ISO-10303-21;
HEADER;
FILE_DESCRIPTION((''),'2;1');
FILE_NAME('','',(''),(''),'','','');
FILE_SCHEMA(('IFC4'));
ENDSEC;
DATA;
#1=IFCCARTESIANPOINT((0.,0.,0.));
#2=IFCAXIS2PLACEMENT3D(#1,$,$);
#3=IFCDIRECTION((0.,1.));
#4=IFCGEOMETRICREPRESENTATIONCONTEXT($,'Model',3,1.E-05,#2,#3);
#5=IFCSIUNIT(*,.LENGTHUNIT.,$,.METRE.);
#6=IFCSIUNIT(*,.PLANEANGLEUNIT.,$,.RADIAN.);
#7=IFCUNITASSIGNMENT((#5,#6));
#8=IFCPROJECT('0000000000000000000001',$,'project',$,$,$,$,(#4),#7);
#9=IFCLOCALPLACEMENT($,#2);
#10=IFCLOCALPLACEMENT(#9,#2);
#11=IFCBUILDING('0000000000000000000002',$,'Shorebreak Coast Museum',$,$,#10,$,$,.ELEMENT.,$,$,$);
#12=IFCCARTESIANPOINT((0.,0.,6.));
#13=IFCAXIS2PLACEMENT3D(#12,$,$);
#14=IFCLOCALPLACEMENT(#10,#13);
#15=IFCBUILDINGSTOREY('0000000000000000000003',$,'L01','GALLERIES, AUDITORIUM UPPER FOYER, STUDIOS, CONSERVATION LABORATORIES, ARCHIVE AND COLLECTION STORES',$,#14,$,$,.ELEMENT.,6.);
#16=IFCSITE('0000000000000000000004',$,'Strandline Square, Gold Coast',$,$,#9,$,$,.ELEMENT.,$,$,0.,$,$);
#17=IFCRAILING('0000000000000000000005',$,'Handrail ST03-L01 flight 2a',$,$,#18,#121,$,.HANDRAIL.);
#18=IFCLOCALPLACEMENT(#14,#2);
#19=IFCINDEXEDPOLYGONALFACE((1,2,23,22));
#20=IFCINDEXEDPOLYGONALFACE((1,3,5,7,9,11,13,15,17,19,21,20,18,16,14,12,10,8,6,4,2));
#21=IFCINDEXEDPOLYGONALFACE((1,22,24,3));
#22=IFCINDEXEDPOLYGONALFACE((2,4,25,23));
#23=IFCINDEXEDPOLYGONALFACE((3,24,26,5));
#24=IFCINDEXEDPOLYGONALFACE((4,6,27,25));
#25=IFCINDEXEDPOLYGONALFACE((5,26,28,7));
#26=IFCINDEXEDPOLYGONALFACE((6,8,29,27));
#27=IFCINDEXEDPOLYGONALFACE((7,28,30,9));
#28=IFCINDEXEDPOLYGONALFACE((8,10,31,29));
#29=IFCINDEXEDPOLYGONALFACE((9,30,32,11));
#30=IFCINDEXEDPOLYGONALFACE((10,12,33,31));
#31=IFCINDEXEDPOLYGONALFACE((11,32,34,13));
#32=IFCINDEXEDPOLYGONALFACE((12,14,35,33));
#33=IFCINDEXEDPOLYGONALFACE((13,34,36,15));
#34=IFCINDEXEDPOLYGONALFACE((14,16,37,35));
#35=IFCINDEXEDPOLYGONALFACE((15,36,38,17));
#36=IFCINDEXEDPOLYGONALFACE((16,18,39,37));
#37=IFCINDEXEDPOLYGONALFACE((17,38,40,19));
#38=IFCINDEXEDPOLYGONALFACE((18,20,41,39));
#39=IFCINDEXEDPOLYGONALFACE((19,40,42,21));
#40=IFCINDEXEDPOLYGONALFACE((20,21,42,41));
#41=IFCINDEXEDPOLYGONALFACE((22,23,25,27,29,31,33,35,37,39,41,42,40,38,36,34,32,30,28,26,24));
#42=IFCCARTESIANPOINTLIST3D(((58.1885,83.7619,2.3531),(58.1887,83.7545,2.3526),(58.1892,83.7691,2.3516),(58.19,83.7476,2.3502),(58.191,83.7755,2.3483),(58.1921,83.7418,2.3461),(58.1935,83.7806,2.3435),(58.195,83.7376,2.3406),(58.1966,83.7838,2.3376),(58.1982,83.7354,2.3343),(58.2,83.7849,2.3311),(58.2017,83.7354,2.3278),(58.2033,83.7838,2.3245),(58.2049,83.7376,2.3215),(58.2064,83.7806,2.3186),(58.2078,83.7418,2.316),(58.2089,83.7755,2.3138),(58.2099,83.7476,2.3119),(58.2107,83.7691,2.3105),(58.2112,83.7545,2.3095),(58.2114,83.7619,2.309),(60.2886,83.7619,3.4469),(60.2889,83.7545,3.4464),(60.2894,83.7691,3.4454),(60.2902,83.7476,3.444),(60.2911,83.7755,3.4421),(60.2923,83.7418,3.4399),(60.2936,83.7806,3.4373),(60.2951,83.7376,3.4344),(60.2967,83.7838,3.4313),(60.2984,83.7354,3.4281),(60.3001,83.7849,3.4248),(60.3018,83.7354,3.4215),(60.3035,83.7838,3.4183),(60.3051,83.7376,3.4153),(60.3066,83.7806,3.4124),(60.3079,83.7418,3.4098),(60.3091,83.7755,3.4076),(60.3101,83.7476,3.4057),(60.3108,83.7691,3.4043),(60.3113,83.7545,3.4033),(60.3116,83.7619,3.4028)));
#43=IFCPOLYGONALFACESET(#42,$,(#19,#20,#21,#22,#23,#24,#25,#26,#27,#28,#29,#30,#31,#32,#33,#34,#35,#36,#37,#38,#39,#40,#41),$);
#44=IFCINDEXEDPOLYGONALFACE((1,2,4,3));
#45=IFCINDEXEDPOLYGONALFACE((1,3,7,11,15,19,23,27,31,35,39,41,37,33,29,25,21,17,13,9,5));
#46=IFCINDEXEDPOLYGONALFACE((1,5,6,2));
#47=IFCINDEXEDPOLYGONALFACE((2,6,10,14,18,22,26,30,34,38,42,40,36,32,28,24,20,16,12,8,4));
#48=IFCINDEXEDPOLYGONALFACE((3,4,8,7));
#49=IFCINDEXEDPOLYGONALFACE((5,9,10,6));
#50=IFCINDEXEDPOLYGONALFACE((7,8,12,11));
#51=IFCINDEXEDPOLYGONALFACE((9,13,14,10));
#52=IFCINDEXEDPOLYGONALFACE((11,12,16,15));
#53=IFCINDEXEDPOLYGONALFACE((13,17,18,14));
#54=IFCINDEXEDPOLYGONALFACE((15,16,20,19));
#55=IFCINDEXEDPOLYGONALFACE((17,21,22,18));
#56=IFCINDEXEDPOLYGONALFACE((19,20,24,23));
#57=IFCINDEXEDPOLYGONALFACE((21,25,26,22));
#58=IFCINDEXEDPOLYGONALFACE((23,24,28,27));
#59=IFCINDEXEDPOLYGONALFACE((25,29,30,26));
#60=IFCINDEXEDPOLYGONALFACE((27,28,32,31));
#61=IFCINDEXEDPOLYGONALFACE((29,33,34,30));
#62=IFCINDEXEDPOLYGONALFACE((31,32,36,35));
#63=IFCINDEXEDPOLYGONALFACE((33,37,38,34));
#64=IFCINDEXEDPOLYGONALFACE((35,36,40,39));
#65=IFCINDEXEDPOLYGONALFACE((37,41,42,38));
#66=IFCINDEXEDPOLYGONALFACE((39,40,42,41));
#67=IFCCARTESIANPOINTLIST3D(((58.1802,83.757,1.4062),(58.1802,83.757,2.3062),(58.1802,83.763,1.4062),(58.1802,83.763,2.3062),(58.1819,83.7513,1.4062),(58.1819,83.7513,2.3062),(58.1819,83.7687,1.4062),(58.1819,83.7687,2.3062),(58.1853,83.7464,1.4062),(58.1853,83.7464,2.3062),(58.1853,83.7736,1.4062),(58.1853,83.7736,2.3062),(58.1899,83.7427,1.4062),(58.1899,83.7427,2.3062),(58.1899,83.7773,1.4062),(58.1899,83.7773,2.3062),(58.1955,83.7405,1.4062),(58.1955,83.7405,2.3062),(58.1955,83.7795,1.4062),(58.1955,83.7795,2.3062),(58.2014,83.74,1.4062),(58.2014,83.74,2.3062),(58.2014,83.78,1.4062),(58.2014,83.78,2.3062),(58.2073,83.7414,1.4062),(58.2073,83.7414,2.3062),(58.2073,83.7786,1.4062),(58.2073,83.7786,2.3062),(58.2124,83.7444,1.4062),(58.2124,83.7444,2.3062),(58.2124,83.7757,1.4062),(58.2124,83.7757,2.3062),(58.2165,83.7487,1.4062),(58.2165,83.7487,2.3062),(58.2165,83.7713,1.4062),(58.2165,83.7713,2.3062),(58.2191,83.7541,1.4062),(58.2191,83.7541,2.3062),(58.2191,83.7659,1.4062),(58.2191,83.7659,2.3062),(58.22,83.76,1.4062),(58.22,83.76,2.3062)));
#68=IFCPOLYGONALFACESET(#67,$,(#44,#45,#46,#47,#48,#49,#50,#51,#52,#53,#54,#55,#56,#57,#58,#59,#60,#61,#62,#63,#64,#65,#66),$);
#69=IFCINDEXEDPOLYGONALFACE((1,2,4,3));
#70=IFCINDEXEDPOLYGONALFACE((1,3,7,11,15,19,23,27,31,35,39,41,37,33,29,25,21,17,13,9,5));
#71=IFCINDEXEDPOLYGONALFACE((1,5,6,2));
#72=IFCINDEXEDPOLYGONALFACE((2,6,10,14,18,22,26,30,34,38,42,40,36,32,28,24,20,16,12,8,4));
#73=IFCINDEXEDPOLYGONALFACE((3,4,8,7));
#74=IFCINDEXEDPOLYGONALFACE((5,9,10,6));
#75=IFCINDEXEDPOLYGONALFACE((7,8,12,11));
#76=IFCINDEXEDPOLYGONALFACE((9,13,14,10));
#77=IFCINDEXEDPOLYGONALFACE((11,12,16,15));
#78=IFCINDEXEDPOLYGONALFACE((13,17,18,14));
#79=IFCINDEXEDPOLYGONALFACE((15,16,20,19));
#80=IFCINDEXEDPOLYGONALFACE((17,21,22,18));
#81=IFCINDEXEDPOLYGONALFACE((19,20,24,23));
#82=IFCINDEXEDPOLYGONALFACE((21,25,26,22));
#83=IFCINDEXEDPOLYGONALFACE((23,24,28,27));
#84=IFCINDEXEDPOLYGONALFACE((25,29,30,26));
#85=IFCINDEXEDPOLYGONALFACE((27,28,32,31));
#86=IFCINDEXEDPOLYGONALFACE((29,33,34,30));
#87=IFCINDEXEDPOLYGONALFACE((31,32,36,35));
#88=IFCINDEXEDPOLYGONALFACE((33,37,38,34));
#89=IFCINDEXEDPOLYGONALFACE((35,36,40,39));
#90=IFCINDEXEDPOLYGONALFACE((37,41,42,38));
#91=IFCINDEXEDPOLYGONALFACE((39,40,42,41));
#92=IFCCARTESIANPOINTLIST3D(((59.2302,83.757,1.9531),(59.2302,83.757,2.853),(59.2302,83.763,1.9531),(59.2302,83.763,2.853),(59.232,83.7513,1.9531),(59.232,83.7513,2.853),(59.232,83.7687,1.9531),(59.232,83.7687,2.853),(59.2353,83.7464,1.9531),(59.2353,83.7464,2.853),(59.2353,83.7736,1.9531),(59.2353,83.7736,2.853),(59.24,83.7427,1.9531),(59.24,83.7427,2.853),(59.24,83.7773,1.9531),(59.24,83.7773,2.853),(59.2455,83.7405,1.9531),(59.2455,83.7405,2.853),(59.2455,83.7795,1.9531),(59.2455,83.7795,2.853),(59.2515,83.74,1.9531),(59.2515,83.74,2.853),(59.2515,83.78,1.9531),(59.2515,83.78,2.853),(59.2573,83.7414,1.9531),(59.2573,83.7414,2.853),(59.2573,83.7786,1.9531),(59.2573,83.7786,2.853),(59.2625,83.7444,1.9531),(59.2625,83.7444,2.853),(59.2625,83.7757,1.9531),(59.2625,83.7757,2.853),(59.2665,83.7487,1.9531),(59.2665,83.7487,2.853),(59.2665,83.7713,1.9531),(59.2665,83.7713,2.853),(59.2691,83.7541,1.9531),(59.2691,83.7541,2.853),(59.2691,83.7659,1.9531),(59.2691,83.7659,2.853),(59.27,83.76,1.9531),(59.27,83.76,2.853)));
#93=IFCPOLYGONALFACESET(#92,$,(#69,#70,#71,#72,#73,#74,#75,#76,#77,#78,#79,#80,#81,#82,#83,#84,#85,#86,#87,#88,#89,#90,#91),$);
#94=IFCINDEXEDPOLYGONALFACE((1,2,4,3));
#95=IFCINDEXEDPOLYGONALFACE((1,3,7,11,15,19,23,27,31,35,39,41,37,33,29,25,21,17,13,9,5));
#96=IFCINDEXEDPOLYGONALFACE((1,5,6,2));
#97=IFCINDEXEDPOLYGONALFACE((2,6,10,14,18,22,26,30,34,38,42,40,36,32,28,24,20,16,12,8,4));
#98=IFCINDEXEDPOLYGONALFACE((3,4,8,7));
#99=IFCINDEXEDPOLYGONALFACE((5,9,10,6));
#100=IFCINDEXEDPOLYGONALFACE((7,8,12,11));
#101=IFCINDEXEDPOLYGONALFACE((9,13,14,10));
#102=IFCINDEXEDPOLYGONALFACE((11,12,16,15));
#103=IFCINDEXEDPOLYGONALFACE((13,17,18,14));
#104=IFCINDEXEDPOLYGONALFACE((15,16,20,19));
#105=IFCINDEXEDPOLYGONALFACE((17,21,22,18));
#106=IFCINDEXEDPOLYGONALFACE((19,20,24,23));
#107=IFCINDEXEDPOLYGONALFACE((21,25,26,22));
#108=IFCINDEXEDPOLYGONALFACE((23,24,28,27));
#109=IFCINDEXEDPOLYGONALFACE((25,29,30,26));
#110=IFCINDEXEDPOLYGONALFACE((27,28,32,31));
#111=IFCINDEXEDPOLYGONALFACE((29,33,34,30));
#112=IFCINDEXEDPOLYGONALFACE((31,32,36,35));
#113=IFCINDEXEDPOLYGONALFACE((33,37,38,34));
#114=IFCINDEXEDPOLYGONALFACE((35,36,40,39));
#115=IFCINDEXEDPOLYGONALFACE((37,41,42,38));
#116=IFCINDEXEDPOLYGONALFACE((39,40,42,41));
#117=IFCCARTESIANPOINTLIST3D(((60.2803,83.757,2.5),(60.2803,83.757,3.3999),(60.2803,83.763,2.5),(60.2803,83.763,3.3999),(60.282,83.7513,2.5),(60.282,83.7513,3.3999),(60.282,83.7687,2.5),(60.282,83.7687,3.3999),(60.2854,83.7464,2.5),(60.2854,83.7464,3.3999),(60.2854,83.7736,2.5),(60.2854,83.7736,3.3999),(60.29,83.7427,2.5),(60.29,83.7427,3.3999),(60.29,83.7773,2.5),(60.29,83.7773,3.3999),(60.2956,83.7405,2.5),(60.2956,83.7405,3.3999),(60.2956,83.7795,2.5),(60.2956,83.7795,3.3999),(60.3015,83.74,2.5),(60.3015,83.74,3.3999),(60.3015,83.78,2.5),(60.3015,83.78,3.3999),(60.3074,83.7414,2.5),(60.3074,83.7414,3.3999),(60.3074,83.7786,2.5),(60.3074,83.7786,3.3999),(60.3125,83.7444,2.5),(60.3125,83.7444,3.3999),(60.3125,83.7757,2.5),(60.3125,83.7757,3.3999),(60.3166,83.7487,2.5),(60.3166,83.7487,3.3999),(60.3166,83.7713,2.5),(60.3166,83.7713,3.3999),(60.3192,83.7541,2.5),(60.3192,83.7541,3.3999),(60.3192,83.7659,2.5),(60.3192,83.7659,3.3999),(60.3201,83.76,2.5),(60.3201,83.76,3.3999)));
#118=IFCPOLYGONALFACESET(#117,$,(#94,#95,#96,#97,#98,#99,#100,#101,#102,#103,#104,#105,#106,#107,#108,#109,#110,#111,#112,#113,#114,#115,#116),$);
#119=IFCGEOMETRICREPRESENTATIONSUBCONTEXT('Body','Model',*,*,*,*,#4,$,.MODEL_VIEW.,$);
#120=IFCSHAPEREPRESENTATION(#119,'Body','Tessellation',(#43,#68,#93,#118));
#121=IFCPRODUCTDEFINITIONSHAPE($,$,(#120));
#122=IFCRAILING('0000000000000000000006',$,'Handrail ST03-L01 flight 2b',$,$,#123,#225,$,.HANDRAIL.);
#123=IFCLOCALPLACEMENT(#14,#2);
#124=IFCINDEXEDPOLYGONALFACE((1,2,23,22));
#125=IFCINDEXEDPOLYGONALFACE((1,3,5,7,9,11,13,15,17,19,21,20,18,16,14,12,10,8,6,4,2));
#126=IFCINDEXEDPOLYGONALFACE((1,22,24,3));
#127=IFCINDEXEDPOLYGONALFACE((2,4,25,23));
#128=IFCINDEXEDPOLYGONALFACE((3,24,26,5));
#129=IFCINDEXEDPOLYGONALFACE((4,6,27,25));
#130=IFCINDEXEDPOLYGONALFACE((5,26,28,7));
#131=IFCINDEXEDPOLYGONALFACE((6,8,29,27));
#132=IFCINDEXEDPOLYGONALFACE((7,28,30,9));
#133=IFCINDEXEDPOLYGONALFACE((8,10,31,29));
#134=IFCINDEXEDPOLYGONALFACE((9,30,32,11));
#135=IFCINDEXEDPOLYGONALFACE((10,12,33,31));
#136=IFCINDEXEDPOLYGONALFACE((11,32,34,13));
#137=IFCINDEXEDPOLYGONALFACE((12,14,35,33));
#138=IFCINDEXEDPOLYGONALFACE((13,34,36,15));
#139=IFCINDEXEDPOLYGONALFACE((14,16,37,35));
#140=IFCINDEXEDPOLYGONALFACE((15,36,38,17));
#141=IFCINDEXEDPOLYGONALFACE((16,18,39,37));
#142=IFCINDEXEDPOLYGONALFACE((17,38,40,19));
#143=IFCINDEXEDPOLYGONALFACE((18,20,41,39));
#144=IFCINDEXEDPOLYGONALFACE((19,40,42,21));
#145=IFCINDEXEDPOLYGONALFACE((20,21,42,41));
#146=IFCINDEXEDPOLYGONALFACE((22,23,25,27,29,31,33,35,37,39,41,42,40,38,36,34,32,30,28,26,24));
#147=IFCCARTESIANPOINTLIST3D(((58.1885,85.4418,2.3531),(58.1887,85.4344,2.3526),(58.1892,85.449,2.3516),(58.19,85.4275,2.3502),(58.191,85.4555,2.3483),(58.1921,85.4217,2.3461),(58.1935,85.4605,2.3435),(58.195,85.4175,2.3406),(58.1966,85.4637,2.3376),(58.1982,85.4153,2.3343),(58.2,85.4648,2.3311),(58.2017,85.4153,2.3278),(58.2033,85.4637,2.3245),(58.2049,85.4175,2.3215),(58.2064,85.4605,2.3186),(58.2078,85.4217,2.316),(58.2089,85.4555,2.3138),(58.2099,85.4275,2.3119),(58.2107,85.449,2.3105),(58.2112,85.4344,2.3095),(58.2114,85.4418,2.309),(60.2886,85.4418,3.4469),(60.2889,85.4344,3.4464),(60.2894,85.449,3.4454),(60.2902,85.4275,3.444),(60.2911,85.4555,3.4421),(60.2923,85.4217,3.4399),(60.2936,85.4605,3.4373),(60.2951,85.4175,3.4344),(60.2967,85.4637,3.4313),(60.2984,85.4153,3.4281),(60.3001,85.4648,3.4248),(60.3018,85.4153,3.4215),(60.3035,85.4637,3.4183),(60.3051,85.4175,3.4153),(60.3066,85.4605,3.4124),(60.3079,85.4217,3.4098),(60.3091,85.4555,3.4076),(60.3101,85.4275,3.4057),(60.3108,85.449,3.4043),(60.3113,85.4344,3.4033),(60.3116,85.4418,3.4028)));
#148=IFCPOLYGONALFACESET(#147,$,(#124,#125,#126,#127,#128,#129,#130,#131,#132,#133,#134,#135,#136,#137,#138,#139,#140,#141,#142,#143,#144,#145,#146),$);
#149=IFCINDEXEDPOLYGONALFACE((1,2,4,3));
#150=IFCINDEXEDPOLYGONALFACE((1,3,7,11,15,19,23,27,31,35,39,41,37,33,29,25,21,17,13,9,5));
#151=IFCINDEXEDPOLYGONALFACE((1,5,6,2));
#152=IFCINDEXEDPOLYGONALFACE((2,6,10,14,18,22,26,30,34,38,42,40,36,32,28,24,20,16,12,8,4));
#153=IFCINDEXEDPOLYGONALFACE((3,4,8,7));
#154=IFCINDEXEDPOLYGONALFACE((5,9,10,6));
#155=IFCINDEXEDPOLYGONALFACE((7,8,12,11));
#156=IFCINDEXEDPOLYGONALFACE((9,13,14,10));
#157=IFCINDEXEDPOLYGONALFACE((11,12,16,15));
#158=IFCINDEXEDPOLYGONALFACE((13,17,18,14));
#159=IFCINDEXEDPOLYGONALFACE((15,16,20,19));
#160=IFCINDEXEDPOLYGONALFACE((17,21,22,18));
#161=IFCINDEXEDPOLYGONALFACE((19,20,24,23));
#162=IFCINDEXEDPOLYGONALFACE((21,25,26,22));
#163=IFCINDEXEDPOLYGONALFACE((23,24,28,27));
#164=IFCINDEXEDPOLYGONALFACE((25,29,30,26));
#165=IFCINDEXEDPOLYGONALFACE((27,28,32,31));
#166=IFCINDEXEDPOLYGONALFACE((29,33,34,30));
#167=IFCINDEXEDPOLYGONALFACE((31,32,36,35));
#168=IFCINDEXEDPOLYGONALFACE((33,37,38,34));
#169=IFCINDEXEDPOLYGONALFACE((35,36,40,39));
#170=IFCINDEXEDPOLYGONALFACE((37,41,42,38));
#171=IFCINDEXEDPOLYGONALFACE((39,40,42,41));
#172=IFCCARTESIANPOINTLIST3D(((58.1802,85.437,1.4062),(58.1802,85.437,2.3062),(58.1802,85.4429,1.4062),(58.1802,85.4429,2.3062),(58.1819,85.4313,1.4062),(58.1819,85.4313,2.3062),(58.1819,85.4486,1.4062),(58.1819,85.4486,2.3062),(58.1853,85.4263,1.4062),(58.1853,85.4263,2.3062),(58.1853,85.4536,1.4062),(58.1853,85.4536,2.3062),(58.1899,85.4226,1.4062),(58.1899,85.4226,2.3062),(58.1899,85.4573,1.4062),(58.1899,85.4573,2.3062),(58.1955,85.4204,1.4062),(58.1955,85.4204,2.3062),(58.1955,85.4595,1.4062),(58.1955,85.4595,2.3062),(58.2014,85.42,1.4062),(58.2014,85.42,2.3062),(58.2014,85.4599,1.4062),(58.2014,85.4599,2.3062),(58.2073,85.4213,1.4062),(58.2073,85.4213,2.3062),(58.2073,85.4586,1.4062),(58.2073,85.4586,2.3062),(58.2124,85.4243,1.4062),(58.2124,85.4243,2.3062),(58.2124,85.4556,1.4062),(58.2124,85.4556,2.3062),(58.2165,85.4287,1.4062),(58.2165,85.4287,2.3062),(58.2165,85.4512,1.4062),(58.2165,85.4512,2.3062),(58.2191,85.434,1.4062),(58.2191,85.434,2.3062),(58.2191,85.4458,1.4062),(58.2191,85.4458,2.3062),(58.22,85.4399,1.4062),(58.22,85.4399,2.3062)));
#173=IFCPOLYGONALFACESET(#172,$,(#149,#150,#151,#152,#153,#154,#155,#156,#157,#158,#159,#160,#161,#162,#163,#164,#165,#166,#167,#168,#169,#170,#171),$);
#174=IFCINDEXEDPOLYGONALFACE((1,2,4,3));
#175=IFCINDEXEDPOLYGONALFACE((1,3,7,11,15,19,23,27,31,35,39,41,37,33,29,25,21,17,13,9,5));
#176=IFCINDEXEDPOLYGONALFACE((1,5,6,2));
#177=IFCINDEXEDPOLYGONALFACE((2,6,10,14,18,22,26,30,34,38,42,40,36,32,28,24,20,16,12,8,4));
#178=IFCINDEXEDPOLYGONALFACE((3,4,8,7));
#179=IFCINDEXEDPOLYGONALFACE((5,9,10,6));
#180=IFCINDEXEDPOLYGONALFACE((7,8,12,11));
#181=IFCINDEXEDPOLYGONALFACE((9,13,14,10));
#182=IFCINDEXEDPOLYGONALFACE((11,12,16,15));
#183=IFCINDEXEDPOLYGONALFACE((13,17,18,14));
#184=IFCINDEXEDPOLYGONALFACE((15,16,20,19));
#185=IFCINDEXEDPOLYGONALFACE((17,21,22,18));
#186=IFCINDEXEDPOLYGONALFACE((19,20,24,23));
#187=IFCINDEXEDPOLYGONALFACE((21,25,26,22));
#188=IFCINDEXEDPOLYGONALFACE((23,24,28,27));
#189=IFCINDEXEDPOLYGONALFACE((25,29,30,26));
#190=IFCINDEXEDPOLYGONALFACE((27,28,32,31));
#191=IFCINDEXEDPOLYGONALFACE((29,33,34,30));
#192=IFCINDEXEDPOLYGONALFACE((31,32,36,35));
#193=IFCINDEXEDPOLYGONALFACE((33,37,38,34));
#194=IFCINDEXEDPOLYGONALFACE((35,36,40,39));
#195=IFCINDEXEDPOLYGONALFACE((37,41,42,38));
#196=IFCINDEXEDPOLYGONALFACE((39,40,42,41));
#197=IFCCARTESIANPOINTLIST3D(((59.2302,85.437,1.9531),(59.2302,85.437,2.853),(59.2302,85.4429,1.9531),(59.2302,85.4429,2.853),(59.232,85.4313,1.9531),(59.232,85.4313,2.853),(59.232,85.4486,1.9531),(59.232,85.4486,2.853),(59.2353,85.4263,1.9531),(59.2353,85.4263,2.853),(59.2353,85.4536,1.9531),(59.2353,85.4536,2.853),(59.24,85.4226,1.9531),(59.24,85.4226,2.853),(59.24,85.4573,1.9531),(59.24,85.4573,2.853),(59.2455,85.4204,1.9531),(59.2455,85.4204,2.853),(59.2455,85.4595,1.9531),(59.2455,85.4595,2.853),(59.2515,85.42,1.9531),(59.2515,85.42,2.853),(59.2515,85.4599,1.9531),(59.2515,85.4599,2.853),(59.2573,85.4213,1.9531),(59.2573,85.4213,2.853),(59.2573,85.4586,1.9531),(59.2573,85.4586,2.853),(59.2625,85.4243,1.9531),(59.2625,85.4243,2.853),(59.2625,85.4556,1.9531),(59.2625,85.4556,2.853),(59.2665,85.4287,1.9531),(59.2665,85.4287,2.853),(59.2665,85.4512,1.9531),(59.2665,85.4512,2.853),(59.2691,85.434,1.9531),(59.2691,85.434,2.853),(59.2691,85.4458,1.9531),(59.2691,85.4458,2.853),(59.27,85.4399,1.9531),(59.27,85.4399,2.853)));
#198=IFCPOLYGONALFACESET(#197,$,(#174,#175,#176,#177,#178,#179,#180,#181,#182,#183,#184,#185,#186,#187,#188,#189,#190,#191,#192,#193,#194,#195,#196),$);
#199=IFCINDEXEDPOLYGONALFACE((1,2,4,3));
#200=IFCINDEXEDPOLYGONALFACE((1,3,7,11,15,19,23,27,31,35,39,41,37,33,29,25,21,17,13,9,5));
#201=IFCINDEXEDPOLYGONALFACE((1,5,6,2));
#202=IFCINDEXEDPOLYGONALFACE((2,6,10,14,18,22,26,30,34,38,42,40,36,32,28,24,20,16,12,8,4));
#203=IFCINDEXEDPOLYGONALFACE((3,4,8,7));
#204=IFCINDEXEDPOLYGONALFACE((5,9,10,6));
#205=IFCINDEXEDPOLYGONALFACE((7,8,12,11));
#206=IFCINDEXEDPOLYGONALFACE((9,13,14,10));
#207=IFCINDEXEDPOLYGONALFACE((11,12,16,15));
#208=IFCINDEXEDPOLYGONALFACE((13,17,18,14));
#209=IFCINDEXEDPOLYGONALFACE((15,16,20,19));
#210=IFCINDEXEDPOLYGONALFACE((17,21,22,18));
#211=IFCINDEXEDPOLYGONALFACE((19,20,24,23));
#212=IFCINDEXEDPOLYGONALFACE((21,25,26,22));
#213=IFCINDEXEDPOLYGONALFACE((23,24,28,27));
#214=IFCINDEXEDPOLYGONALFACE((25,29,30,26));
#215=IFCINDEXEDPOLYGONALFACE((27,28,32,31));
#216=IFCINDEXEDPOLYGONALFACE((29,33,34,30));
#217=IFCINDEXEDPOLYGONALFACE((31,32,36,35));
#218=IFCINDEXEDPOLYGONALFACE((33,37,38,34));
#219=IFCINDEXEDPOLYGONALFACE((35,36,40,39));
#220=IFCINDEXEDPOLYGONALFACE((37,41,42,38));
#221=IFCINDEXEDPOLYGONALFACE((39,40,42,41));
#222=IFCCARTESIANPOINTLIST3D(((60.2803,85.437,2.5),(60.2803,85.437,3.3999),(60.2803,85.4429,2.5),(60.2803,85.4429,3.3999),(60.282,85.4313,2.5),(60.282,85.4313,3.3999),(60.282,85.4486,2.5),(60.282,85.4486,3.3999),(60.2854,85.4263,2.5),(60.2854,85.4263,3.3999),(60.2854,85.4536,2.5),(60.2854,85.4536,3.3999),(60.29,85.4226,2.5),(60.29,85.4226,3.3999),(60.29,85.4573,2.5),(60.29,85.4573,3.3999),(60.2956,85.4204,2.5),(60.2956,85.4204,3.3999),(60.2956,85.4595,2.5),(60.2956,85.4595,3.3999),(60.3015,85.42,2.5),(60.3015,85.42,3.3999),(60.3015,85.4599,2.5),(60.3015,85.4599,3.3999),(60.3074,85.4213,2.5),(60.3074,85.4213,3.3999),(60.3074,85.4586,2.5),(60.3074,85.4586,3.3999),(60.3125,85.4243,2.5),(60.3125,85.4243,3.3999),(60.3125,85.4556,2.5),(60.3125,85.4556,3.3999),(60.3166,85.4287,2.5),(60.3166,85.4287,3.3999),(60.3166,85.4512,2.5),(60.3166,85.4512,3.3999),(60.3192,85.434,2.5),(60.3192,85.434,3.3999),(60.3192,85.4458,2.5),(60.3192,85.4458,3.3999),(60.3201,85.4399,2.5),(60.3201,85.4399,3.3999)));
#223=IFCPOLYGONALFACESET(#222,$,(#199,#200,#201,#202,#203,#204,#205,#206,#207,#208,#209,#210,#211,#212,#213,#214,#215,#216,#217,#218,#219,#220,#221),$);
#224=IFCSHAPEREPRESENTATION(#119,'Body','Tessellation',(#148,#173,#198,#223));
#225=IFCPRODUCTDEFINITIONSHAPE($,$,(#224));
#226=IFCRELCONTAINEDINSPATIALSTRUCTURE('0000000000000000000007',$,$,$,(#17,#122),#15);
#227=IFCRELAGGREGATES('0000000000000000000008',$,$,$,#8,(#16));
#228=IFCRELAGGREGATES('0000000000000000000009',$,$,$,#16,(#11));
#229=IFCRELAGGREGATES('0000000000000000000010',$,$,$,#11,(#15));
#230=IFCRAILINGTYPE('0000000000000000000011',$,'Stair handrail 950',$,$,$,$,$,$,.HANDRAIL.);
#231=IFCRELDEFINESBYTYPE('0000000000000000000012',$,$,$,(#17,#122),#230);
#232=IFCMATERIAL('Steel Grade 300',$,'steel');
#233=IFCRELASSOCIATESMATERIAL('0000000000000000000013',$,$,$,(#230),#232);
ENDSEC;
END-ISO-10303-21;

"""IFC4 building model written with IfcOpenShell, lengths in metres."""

from ifc_helpers import new_model, si_unit, direction, frame, origin, origin_2d, place, context, subcontext, project, spatial, circle, extrude, material, type_object, element, save


model = new_model("IFC4")

# Units and contexts
model_context = context("Model", 3, precision=1e-05, world=origin(), true_north=direction((0.0, 1.0)))
body_context = subcontext(model_context, "Body", "Model", "MODEL_VIEW")
ifc_project = project(units=[si_unit("LENGTHUNIT", "METRE"), si_unit("PLANEANGLEUNIT", "RADIAN")], contexts=[model_context])

# Site, building, storey
site_placement = place(None, origin())
site = spatial("IfcSite", under=ifc_project, at=site_placement, Name="Strandline Square, Gold Coast", CompositionType="ELEMENT", RefElevation=0.0)
building_placement = place(site_placement, origin())
building = spatial("IfcBuilding", under=site, at=building_placement, Name="Shorebreak Coast Museum", CompositionType="ELEMENT")
storey_placement = place(building_placement, frame((0.0, 0.0, 6.0)))
storey = spatial("IfcBuildingStorey", under=building, at=storey_placement, Name="L01", Description="GALLERIES, AUDITORIUM UPPER FOYER, STUDIOS, CONSERVATION LABORATORIES, ARCHIVE AND COLLECTION STORES", CompositionType="ELEMENT", Elevation=6.0)

# Railings
ifc_material_1 = material(Name="Steel Grade 300", Category="steel")
railing_type_1 = type_object("IfcRailingType", Name="Stair handrail 950", PredefinedType="HANDRAIL", material=ifc_material_1)
for number, where, name in (
    (1, (58.2, 83.76, 1.4062), "Handrail ST03-L01 flight 2a"),
    (2, (58.2, 85.4399, 1.4062), "Handrail ST03-L01 flight 2b"),
):
    element("IfcRailing", number, at=place(storey_placement, frame(where)), inside=storey, type_object=railing_type_1, Name=name, PredefinedType="HANDRAIL", context=body_context, shape_type="SweptSolid", body=[
        extrude(circle(Radius=0.0249, at=origin_2d()), frame((0.0, 0.0, 0.9248), z_axis=(0.886923, 0.0, 0.461918), x_axis=(0.0, 1.0, 0.0)), (0.0, 0.0, 1.0), 2.3679),
        extrude(circle(Radius=0.02, at=origin_2d()), origin(), (0.0, 0.0, 1.0), 0.8999),
        extrude(circle(Radius=0.02, at=origin_2d()), frame((1.05, 0.0, 0.5469)), (0.0, 0.0, 1.0), 0.8999),
        extrude(circle(Radius=0.02, at=origin_2d()), frame((2.1001, 0.0, 1.0938)), (0.0, 0.0, 1.0), 0.8999),
    ])

save(model, "model.ifc")
